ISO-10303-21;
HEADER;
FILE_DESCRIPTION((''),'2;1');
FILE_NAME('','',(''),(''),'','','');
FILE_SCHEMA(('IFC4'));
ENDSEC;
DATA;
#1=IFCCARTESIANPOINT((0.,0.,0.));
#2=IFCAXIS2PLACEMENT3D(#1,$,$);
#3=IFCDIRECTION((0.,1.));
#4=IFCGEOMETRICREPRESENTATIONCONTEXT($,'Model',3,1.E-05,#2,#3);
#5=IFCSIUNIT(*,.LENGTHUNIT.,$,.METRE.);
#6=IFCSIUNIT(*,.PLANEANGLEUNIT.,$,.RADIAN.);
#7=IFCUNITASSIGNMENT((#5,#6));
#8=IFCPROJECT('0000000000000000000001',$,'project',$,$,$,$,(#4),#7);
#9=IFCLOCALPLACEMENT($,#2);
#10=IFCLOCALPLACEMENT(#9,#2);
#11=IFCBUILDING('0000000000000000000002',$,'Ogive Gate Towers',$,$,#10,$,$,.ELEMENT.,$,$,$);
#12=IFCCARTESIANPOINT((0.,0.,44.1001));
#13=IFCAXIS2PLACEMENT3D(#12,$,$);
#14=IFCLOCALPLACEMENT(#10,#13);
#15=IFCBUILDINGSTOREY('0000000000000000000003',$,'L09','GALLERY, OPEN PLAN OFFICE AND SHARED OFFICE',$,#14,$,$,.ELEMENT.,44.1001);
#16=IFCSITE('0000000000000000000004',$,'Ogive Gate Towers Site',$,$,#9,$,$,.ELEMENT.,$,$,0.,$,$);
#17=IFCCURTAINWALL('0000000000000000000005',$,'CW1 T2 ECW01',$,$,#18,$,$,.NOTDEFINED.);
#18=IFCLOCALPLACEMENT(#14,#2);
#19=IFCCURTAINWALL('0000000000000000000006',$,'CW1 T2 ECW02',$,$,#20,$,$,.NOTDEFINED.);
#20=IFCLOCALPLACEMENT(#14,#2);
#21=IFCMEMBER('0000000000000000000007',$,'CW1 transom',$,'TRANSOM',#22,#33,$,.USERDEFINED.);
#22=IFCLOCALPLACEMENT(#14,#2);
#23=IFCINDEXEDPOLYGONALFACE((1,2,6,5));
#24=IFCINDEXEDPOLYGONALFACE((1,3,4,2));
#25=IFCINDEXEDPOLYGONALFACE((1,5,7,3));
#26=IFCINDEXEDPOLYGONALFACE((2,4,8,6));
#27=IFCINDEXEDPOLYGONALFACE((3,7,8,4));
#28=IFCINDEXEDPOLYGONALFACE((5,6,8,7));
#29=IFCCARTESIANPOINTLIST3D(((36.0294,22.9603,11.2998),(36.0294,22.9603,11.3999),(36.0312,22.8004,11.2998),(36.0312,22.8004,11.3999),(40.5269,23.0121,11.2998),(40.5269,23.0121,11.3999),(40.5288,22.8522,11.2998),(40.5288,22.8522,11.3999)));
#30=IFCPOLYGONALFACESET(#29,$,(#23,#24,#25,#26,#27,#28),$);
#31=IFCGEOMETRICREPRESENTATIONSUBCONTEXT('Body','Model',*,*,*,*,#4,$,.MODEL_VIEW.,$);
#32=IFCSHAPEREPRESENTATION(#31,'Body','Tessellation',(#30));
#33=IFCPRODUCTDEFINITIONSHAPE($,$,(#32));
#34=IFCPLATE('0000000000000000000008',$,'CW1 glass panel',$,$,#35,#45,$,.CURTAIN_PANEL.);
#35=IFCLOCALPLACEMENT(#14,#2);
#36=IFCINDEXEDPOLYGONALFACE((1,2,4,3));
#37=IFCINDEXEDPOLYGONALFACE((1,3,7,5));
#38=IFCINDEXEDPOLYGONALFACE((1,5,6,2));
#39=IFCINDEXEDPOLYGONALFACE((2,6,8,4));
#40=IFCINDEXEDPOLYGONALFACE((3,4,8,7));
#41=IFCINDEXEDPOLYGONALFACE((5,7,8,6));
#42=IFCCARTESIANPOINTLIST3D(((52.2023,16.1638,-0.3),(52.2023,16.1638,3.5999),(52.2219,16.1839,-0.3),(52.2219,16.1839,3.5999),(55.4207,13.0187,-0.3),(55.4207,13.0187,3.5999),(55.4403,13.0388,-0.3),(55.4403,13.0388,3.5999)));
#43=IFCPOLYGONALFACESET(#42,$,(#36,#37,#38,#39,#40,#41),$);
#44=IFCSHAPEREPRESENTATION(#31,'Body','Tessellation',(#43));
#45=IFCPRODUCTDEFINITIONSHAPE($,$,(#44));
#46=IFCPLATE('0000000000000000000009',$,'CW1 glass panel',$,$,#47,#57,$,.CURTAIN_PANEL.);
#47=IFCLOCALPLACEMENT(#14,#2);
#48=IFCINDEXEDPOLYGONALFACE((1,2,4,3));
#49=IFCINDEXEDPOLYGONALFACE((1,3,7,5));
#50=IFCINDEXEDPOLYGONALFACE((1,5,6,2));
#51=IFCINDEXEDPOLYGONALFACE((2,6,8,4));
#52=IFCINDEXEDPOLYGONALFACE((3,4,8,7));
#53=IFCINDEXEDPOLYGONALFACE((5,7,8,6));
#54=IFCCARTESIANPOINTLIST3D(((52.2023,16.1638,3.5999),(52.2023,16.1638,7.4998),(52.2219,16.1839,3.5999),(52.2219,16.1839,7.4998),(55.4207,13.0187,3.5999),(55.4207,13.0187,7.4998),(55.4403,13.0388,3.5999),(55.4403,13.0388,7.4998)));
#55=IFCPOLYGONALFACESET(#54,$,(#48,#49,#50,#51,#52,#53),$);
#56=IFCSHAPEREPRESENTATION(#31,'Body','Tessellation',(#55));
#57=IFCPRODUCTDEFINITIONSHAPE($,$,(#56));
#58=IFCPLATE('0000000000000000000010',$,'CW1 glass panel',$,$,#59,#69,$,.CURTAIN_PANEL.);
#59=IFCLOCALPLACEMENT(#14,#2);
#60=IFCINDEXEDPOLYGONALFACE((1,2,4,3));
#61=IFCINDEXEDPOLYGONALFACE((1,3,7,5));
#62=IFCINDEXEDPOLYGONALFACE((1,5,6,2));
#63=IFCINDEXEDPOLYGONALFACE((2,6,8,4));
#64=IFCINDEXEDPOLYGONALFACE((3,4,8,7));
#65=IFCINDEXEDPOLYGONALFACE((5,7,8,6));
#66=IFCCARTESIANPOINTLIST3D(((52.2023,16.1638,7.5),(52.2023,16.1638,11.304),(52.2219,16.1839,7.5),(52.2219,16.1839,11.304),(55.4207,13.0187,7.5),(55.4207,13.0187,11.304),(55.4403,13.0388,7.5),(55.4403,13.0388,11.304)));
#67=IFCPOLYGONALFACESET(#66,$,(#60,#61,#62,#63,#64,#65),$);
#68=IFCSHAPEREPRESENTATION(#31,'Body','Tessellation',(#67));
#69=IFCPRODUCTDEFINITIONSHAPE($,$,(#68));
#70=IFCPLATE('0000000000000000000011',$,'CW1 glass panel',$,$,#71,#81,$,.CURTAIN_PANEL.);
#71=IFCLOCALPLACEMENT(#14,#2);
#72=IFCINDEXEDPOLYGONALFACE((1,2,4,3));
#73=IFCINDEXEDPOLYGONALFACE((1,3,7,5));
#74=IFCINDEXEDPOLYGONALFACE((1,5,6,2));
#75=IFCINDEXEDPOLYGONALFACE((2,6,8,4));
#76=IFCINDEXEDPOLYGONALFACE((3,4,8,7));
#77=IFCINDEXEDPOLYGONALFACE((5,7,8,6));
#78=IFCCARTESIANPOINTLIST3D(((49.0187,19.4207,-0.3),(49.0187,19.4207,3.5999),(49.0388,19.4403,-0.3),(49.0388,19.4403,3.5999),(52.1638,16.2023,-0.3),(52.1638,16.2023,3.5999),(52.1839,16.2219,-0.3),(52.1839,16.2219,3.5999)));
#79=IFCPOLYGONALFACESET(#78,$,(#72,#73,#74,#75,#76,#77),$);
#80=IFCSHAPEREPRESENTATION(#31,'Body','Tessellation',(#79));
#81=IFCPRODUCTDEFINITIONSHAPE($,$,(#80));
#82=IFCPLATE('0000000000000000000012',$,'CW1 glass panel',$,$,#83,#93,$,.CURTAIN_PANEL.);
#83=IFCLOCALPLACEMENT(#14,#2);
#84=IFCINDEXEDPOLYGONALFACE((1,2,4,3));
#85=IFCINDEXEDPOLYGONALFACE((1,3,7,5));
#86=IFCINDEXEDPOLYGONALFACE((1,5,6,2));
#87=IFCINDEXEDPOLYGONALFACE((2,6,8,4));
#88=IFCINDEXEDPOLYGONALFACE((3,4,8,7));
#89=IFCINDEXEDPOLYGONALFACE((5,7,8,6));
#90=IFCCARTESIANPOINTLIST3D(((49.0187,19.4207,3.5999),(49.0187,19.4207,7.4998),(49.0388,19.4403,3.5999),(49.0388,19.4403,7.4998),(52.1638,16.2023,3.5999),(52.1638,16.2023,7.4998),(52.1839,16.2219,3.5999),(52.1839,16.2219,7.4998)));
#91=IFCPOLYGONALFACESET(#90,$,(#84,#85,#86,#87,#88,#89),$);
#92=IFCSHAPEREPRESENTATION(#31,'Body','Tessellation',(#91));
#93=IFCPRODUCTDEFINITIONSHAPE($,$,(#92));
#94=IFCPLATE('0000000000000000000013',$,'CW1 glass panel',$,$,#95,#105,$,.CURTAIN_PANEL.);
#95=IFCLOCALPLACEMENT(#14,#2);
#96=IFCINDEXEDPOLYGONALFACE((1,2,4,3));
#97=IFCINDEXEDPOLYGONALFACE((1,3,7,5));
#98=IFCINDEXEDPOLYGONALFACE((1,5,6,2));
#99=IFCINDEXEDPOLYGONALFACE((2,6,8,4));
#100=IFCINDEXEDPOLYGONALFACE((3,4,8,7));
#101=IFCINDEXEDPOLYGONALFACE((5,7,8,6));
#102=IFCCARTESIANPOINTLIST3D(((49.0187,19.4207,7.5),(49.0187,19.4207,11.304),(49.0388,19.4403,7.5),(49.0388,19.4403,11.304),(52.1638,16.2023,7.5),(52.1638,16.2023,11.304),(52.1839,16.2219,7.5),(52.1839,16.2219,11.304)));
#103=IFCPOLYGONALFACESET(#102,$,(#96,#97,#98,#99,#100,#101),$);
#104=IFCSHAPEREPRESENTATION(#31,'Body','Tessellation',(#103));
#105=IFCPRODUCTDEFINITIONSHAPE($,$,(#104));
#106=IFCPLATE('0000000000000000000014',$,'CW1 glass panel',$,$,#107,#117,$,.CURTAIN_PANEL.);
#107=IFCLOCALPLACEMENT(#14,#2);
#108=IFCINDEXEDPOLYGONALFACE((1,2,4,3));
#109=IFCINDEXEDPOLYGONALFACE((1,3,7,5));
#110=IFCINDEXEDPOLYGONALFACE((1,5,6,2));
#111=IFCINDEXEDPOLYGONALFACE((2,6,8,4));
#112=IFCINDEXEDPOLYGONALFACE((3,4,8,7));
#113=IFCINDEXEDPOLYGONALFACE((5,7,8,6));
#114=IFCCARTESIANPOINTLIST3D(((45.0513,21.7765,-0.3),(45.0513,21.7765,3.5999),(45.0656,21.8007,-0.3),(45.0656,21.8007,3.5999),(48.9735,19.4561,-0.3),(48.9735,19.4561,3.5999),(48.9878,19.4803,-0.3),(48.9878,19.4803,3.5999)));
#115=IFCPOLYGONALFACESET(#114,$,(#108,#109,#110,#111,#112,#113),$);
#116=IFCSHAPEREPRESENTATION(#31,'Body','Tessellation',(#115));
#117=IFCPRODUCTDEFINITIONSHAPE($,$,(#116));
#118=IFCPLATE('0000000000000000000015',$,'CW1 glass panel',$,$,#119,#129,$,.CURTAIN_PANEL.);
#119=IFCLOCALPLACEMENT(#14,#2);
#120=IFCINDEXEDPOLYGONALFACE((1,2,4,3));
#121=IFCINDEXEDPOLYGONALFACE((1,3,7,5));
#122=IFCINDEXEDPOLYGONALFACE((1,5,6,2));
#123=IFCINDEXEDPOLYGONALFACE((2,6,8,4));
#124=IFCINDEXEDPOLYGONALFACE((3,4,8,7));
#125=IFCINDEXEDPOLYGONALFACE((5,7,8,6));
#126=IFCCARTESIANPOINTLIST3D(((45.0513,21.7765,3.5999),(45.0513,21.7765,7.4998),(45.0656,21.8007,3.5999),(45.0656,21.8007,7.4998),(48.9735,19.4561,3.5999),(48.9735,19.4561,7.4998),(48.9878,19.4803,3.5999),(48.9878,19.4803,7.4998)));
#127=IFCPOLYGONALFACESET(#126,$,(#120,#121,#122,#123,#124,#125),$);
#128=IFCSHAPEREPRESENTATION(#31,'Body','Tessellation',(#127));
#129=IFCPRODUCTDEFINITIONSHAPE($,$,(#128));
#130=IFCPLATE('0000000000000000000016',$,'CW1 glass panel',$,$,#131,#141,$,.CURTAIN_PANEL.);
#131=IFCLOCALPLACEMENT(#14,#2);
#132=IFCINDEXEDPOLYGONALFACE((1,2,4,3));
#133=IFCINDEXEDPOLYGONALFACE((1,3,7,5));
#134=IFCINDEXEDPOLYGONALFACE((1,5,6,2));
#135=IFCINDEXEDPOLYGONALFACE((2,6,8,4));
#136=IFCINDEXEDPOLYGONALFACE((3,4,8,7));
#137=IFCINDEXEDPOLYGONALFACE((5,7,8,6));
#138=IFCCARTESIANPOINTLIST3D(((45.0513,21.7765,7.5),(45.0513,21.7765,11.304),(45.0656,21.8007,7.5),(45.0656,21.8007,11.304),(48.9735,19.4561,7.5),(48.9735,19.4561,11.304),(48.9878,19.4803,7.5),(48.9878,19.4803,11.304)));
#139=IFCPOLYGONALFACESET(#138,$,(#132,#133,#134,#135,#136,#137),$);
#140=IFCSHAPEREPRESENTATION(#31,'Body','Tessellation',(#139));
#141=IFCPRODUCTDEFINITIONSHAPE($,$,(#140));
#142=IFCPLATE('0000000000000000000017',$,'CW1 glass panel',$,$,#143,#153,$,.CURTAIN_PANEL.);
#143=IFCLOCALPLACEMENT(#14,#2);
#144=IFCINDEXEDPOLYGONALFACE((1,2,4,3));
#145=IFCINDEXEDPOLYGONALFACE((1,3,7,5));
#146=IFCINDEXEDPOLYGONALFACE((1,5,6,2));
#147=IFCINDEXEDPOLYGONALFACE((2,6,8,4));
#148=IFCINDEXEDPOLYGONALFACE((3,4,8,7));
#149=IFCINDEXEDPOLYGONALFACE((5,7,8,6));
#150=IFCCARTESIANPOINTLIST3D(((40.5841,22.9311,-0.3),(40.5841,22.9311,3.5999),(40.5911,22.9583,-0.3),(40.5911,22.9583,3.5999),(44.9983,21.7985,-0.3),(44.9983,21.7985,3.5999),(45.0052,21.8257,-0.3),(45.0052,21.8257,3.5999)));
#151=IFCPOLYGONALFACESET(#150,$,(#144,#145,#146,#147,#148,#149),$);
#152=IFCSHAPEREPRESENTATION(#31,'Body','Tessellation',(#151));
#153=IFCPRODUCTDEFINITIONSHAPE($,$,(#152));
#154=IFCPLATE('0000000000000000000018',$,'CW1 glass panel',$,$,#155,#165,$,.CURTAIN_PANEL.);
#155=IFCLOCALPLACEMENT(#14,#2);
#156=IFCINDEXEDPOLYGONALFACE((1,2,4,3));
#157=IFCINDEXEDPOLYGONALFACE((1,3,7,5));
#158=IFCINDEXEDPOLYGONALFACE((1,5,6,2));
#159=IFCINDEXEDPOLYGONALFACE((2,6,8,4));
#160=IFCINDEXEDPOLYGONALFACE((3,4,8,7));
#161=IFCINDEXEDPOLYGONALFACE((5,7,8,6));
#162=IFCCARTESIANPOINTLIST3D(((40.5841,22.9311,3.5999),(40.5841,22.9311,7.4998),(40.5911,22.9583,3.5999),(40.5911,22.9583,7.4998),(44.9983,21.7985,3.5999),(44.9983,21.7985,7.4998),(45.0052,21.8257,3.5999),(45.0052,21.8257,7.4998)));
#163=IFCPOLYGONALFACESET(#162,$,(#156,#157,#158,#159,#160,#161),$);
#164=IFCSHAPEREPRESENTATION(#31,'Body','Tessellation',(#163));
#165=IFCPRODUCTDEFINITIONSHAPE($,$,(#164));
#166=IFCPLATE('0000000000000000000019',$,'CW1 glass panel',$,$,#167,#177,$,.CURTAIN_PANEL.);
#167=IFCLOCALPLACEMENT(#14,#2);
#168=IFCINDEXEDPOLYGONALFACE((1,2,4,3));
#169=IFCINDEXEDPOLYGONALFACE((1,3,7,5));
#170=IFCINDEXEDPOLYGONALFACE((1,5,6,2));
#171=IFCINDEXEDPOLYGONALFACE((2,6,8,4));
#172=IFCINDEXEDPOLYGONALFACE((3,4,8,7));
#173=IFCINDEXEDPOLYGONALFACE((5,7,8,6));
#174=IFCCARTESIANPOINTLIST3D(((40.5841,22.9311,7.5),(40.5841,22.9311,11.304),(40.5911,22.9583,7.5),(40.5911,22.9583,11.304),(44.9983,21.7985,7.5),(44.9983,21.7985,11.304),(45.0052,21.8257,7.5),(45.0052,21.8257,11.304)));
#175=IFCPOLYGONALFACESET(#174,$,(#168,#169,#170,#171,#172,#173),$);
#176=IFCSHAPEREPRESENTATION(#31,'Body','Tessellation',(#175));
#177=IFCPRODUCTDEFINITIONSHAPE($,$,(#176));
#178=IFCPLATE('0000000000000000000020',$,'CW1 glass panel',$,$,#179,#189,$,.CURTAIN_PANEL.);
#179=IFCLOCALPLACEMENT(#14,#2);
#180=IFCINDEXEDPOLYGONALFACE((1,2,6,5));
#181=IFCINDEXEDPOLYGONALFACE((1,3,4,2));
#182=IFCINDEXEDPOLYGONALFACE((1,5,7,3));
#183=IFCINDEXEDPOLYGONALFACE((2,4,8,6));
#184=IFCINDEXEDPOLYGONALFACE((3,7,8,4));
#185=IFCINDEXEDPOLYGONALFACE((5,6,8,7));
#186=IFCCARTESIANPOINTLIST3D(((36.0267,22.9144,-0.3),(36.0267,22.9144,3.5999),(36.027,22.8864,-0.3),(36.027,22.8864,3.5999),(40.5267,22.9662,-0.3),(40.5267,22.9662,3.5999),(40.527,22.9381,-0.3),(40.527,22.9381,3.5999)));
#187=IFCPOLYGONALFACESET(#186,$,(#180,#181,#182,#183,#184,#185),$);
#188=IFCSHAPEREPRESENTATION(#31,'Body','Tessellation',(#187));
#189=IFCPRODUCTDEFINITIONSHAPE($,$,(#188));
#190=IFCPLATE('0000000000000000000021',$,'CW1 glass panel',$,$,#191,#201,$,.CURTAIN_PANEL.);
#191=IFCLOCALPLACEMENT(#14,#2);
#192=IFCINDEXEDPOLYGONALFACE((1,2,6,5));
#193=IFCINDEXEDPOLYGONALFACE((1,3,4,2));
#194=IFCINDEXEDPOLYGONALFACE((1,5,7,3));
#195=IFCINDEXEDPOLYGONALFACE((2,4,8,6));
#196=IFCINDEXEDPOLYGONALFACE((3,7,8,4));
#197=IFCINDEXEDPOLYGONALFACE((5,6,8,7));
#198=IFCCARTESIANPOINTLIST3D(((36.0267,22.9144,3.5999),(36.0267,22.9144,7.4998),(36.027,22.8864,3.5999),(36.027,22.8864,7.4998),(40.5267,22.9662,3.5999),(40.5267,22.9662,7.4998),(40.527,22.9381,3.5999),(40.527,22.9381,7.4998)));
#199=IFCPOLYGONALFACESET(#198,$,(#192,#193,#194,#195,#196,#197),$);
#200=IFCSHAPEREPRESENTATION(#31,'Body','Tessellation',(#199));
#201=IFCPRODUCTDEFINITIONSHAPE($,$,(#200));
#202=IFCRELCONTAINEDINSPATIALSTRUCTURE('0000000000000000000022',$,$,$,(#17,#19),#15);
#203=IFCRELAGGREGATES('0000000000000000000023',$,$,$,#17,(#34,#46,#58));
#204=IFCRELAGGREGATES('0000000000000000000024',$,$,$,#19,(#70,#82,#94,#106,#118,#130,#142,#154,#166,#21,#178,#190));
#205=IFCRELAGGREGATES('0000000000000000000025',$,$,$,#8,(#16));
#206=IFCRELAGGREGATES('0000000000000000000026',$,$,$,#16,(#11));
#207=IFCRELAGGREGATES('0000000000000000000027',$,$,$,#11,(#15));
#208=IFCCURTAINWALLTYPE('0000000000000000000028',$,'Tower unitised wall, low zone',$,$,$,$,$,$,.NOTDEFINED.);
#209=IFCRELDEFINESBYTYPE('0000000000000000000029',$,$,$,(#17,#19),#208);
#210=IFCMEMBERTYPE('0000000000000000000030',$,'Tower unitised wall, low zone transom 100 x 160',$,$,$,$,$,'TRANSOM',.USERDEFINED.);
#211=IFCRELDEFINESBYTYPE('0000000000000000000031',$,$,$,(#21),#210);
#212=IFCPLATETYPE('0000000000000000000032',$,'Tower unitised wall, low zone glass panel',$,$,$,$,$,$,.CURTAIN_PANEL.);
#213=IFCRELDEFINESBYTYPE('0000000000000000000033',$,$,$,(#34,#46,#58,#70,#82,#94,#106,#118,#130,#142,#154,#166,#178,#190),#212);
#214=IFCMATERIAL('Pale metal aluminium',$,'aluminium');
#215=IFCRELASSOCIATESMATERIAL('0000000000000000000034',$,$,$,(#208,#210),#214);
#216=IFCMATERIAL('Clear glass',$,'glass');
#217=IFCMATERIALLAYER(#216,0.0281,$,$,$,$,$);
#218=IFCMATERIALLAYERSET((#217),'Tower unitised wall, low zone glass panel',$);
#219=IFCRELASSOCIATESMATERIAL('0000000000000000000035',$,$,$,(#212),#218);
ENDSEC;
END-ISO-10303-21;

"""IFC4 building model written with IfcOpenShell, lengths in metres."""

from ifc_helpers import new_model, si_unit, direction, frame, origin, origin_2d, place, context, subcontext, project, spatial, rectangle, extrude, material, layer, layer_set, material_profile, profile_set, type_object, element, aggregate, save


model = new_model("IFC4")

# Units and contexts
model_context = context("Model", 3, precision=1e-05, world=origin(), true_north=direction((0.0, 1.0)))
body_context = subcontext(model_context, "Body", "Model", "MODEL_VIEW")
ifc_project = project(units=[si_unit("LENGTHUNIT", "METRE"), si_unit("PLANEANGLEUNIT", "RADIAN")], contexts=[model_context])

# Site, building, storey
site_placement = place(None, origin())
site = spatial("IfcSite", under=ifc_project, at=site_placement, Name="Ogive Gate Towers Site", CompositionType="ELEMENT", RefElevation=0.0)
building_placement = place(site_placement, origin())
building = spatial("IfcBuilding", under=site, at=building_placement, Name="Ogive Gate Towers", CompositionType="ELEMENT")
storey_placement = place(building_placement, frame((0.0, 0.0, 44.1001)))
storey = spatial("IfcBuildingStorey", under=building, at=storey_placement, Name="L09", Description="GALLERY, OPEN PLAN OFFICE AND SHARED OFFICE", CompositionType="ELEMENT", Elevation=44.1001)

# Curtain wall
ifc_material_1 = material(Name="Pale metal aluminium", Category="aluminium")
curtain_wall_type = type_object("IfcCurtainWallType", Name="Tower unitised wall, low zone", PredefinedType="NOTDEFINED", material=ifc_material_1)
curtain_wall_1_placement = place(storey_placement, origin())
curtain_wall_1 = element("IfcCurtainWall", 1, at=curtain_wall_1_placement, inside=storey, type_object=curtain_wall_type, Name="CW1 T2 ECW01", PredefinedType="NOTDEFINED")

# Curtain wall
curtain_wall_2_placement = place(storey_placement, origin())
curtain_wall_2 = element("IfcCurtainWall", 2, at=curtain_wall_2_placement, inside=storey, type_object=curtain_wall_type, Name="CW1 T2 ECW02", PredefinedType="NOTDEFINED")

# Member
ifc_material_profile_1 = material_profile(ifc_material_1, rectangle(XDim=0.1599, YDim=0.1001, at=origin_2d()), Name="100 x 160 aluminium box")
ifc_profile_set_1 = profile_set([ifc_material_profile_1], Name="Pale metal aluminium")
member_type_1 = type_object("IfcMemberType", Name="Tower unitised wall, low zone transom 100 x 160", ElementType="TRANSOM", PredefinedType="USERDEFINED", material=ifc_profile_set_1)
member_1_placement = place(storey_placement, frame((40.5278, 22.9321, 11.3499), z_axis=(-0.999934, -0.011507, 0.0), x_axis=(0.011507, -0.999934, 0.0)))
member_1 = element("IfcMember", 3, at=member_1_placement, type_object=member_type_1, Name="CW1 transom", ObjectType="TRANSOM", PredefinedType="USERDEFINED", context=body_context, shape_type="SweptSolid", body=[
    extrude(rectangle(XDim=0.1599, YDim=0.1001, at=origin_2d()), origin(), (0.0, 0.0, 1.0), 4.4978),
])

# Plates
ifc_material_2 = material(Name="Clear glass", Category="glass")
ifc_layer_1 = layer(ifc_material_2, 0.0281)
ifc_layer_set_1 = layer_set([ifc_layer_1], Name="Tower unitised wall, low zone glass panel")
plate_type = type_object("IfcPlateType", Name="Tower unitised wall, low zone glass panel", PredefinedType="CURTAIN_PANEL", material=ifc_layer_set_1)
plate_1_placement = place(storey_placement, frame((53.8213, 14.6013, -0.3), z_axis=(0.0, 0.0, 1.0), x_axis=(-0.715205, 0.698915, 0.0)))
plate_1 = element("IfcPlate", 4, at=plate_1_placement, type_object=plate_type, Name="CW1 glass panel", PredefinedType="CURTAIN_PANEL", context=body_context, shape_type="SweptSolid", body=[
    extrude(rectangle(XDim=4.5, YDim=0.0281, at=origin_2d()), origin(), (0.0, 0.0, 1.0), 3.8999),
])
plate_2_placement = place(storey_placement, frame((53.8213, 14.6013, 3.5999), z_axis=(0.0, 0.0, 1.0), x_axis=(-0.715205, 0.698915, 0.0)))
plate_2 = element("IfcPlate", 5, at=plate_2_placement, type_object=plate_type, Name="CW1 glass panel", PredefinedType="CURTAIN_PANEL", context=body_context, shape_type="SweptSolid", body=[
    extrude(rectangle(XDim=4.5, YDim=0.0281, at=origin_2d()), origin(), (0.0, 0.0, 1.0), 3.8999),
])
plate_3_placement = place(storey_placement, frame((53.8213, 14.6013, 7.5), z_axis=(0.0, 0.0, 1.0), x_axis=(-0.715205, 0.698915, 0.0)))
plate_3 = element("IfcPlate", 6, at=plate_3_placement, type_object=plate_type, Name="CW1 glass panel", PredefinedType="CURTAIN_PANEL", context=body_context, shape_type="SweptSolid", body=[
    extrude(rectangle(XDim=4.5, YDim=0.0281, at=origin_2d()), origin(), (0.0, 0.0, 1.0), 3.804),
])
aggregate(curtain_wall_1, [plate_1, plate_2, plate_3])
plate_4_placement = place(storey_placement, frame((50.6013, 17.8213, -0.3), z_axis=(0.0, 0.0, 1.0), x_axis=(-0.698915, 0.715205, 0.0)))
plate_4 = element("IfcPlate", 7, at=plate_4_placement, type_object=plate_type, Name="CW1 glass panel", PredefinedType="CURTAIN_PANEL", context=body_context, shape_type="SweptSolid", body=[
    extrude(rectangle(XDim=4.5, YDim=0.0281, at=origin_2d()), origin(), (0.0, 0.0, 1.0), 3.8999),
])
plate_5_placement = place(storey_placement, frame((50.6013, 17.8213, 3.5999), z_axis=(0.0, 0.0, 1.0), x_axis=(-0.698915, 0.715205, 0.0)))
plate_5 = element("IfcPlate", 8, at=plate_5_placement, type_object=plate_type, Name="CW1 glass panel", PredefinedType="CURTAIN_PANEL", context=body_context, shape_type="SweptSolid", body=[
    extrude(rectangle(XDim=4.5, YDim=0.0281, at=origin_2d()), origin(), (0.0, 0.0, 1.0), 3.8999),
])
plate_6_placement = place(storey_placement, frame((50.6013, 17.8213, 7.5), z_axis=(0.0, 0.0, 1.0), x_axis=(-0.698915, 0.715205, 0.0)))
plate_6 = element("IfcPlate", 9, at=plate_6_placement, type_object=plate_type, Name="CW1 glass panel", PredefinedType="CURTAIN_PANEL", context=body_context, shape_type="SweptSolid", body=[
    extrude(rectangle(XDim=4.5, YDim=0.0281, at=origin_2d()), origin(), (0.0, 0.0, 1.0), 3.804),
])
plate_7_placement = place(storey_placement, frame((47.0195, 20.6284, -0.3), z_axis=(0.0, 0.0, 1.0), x_axis=(-0.860662, 0.509177, 0.0)))
plate_7 = element("IfcPlate", 10, at=plate_7_placement, type_object=plate_type, Name="CW1 glass panel", PredefinedType="CURTAIN_PANEL", context=body_context, shape_type="SweptSolid", body=[
    extrude(rectangle(XDim=4.5571, YDim=0.0281, at=origin_2d()), origin(), (0.0, 0.0, 1.0), 3.8999),
])
plate_8_placement = place(storey_placement, frame((47.0195, 20.6284, 3.5999), z_axis=(0.0, 0.0, 1.0), x_axis=(-0.860662, 0.509177, 0.0)))
plate_8 = element("IfcPlate", 11, at=plate_8_placement, type_object=plate_type, Name="CW1 glass panel", PredefinedType="CURTAIN_PANEL", context=body_context, shape_type="SweptSolid", body=[
    extrude(rectangle(XDim=4.5571, YDim=0.0281, at=origin_2d()), origin(), (0.0, 0.0, 1.0), 3.8999),
])
plate_9_placement = place(storey_placement, frame((47.0195, 20.6284, 7.5), z_axis=(0.0, 0.0, 1.0), x_axis=(-0.860662, 0.509177, 0.0)))
plate_9 = element("IfcPlate", 12, at=plate_9_placement, type_object=plate_type, Name="CW1 glass panel", PredefinedType="CURTAIN_PANEL", context=body_context, shape_type="SweptSolid", body=[
    extrude(rectangle(XDim=4.5571, YDim=0.0281, at=origin_2d()), origin(), (0.0, 0.0, 1.0), 3.804),
])
plate_10_placement = place(storey_placement, frame((42.7947, 22.3784, -0.3), z_axis=(0.0, 0.0, 1.0), x_axis=(-0.968627, 0.248521, 0.0)))
plate_10 = element("IfcPlate", 13, at=plate_10_placement, type_object=plate_type, Name="CW1 glass panel", PredefinedType="CURTAIN_PANEL", context=body_context, shape_type="SweptSolid", body=[
    extrude(rectangle(XDim=4.5571, YDim=0.0281, at=origin_2d()), origin(), (0.0, 0.0, 1.0), 3.8999),
])
plate_11_placement = place(storey_placement, frame((42.7947, 22.3784, 3.5999), z_axis=(0.0, 0.0, 1.0), x_axis=(-0.968627, 0.248521, 0.0)))
plate_11 = element("IfcPlate", 14, at=plate_11_placement, type_object=plate_type, Name="CW1 glass panel", PredefinedType="CURTAIN_PANEL", context=body_context, shape_type="SweptSolid", body=[
    extrude(rectangle(XDim=4.5571, YDim=0.0281, at=origin_2d()), origin(), (0.0, 0.0, 1.0), 3.8999),
])
plate_12_placement = place(storey_placement, frame((42.7947, 22.3784, 7.5), z_axis=(0.0, 0.0, 1.0), x_axis=(-0.968627, 0.248521, 0.0)))
plate_12 = element("IfcPlate", 15, at=plate_12_placement, type_object=plate_type, Name="CW1 glass panel", PredefinedType="CURTAIN_PANEL", context=body_context, shape_type="SweptSolid", body=[
    extrude(rectangle(XDim=4.5571, YDim=0.0281, at=origin_2d()), origin(), (0.0, 0.0, 1.0), 3.804),
])
plate_13_placement = place(storey_placement, frame((38.2769, 22.9263, -0.3), z_axis=(0.0, 0.0, 1.0), x_axis=(-0.999934, -0.011501, 0.0)))
plate_13 = element("IfcPlate", 16, at=plate_13_placement, type_object=plate_type, Name="CW1 glass panel", PredefinedType="CURTAIN_PANEL", context=body_context, shape_type="SweptSolid", body=[
    extrude(rectangle(XDim=4.5002, YDim=0.0281, at=origin_2d()), origin(), (0.0, 0.0, 1.0), 3.8999),
])
plate_14_placement = place(storey_placement, frame((38.2769, 22.9263, 3.5999), z_axis=(0.0, 0.0, 1.0), x_axis=(-0.999934, -0.011501, 0.0)))
plate_14 = element("IfcPlate", 17, at=plate_14_placement, type_object=plate_type, Name="CW1 glass panel", PredefinedType="CURTAIN_PANEL", context=body_context, shape_type="SweptSolid", body=[
    extrude(rectangle(XDim=4.5002, YDim=0.0281, at=origin_2d()), origin(), (0.0, 0.0, 1.0), 3.8999),
])
aggregate(curtain_wall_2, [plate_4, plate_5, plate_6, plate_7, plate_8, plate_9, plate_10, plate_11, plate_12, member_1, plate_13, plate_14])

save(model, "model.ifc")
